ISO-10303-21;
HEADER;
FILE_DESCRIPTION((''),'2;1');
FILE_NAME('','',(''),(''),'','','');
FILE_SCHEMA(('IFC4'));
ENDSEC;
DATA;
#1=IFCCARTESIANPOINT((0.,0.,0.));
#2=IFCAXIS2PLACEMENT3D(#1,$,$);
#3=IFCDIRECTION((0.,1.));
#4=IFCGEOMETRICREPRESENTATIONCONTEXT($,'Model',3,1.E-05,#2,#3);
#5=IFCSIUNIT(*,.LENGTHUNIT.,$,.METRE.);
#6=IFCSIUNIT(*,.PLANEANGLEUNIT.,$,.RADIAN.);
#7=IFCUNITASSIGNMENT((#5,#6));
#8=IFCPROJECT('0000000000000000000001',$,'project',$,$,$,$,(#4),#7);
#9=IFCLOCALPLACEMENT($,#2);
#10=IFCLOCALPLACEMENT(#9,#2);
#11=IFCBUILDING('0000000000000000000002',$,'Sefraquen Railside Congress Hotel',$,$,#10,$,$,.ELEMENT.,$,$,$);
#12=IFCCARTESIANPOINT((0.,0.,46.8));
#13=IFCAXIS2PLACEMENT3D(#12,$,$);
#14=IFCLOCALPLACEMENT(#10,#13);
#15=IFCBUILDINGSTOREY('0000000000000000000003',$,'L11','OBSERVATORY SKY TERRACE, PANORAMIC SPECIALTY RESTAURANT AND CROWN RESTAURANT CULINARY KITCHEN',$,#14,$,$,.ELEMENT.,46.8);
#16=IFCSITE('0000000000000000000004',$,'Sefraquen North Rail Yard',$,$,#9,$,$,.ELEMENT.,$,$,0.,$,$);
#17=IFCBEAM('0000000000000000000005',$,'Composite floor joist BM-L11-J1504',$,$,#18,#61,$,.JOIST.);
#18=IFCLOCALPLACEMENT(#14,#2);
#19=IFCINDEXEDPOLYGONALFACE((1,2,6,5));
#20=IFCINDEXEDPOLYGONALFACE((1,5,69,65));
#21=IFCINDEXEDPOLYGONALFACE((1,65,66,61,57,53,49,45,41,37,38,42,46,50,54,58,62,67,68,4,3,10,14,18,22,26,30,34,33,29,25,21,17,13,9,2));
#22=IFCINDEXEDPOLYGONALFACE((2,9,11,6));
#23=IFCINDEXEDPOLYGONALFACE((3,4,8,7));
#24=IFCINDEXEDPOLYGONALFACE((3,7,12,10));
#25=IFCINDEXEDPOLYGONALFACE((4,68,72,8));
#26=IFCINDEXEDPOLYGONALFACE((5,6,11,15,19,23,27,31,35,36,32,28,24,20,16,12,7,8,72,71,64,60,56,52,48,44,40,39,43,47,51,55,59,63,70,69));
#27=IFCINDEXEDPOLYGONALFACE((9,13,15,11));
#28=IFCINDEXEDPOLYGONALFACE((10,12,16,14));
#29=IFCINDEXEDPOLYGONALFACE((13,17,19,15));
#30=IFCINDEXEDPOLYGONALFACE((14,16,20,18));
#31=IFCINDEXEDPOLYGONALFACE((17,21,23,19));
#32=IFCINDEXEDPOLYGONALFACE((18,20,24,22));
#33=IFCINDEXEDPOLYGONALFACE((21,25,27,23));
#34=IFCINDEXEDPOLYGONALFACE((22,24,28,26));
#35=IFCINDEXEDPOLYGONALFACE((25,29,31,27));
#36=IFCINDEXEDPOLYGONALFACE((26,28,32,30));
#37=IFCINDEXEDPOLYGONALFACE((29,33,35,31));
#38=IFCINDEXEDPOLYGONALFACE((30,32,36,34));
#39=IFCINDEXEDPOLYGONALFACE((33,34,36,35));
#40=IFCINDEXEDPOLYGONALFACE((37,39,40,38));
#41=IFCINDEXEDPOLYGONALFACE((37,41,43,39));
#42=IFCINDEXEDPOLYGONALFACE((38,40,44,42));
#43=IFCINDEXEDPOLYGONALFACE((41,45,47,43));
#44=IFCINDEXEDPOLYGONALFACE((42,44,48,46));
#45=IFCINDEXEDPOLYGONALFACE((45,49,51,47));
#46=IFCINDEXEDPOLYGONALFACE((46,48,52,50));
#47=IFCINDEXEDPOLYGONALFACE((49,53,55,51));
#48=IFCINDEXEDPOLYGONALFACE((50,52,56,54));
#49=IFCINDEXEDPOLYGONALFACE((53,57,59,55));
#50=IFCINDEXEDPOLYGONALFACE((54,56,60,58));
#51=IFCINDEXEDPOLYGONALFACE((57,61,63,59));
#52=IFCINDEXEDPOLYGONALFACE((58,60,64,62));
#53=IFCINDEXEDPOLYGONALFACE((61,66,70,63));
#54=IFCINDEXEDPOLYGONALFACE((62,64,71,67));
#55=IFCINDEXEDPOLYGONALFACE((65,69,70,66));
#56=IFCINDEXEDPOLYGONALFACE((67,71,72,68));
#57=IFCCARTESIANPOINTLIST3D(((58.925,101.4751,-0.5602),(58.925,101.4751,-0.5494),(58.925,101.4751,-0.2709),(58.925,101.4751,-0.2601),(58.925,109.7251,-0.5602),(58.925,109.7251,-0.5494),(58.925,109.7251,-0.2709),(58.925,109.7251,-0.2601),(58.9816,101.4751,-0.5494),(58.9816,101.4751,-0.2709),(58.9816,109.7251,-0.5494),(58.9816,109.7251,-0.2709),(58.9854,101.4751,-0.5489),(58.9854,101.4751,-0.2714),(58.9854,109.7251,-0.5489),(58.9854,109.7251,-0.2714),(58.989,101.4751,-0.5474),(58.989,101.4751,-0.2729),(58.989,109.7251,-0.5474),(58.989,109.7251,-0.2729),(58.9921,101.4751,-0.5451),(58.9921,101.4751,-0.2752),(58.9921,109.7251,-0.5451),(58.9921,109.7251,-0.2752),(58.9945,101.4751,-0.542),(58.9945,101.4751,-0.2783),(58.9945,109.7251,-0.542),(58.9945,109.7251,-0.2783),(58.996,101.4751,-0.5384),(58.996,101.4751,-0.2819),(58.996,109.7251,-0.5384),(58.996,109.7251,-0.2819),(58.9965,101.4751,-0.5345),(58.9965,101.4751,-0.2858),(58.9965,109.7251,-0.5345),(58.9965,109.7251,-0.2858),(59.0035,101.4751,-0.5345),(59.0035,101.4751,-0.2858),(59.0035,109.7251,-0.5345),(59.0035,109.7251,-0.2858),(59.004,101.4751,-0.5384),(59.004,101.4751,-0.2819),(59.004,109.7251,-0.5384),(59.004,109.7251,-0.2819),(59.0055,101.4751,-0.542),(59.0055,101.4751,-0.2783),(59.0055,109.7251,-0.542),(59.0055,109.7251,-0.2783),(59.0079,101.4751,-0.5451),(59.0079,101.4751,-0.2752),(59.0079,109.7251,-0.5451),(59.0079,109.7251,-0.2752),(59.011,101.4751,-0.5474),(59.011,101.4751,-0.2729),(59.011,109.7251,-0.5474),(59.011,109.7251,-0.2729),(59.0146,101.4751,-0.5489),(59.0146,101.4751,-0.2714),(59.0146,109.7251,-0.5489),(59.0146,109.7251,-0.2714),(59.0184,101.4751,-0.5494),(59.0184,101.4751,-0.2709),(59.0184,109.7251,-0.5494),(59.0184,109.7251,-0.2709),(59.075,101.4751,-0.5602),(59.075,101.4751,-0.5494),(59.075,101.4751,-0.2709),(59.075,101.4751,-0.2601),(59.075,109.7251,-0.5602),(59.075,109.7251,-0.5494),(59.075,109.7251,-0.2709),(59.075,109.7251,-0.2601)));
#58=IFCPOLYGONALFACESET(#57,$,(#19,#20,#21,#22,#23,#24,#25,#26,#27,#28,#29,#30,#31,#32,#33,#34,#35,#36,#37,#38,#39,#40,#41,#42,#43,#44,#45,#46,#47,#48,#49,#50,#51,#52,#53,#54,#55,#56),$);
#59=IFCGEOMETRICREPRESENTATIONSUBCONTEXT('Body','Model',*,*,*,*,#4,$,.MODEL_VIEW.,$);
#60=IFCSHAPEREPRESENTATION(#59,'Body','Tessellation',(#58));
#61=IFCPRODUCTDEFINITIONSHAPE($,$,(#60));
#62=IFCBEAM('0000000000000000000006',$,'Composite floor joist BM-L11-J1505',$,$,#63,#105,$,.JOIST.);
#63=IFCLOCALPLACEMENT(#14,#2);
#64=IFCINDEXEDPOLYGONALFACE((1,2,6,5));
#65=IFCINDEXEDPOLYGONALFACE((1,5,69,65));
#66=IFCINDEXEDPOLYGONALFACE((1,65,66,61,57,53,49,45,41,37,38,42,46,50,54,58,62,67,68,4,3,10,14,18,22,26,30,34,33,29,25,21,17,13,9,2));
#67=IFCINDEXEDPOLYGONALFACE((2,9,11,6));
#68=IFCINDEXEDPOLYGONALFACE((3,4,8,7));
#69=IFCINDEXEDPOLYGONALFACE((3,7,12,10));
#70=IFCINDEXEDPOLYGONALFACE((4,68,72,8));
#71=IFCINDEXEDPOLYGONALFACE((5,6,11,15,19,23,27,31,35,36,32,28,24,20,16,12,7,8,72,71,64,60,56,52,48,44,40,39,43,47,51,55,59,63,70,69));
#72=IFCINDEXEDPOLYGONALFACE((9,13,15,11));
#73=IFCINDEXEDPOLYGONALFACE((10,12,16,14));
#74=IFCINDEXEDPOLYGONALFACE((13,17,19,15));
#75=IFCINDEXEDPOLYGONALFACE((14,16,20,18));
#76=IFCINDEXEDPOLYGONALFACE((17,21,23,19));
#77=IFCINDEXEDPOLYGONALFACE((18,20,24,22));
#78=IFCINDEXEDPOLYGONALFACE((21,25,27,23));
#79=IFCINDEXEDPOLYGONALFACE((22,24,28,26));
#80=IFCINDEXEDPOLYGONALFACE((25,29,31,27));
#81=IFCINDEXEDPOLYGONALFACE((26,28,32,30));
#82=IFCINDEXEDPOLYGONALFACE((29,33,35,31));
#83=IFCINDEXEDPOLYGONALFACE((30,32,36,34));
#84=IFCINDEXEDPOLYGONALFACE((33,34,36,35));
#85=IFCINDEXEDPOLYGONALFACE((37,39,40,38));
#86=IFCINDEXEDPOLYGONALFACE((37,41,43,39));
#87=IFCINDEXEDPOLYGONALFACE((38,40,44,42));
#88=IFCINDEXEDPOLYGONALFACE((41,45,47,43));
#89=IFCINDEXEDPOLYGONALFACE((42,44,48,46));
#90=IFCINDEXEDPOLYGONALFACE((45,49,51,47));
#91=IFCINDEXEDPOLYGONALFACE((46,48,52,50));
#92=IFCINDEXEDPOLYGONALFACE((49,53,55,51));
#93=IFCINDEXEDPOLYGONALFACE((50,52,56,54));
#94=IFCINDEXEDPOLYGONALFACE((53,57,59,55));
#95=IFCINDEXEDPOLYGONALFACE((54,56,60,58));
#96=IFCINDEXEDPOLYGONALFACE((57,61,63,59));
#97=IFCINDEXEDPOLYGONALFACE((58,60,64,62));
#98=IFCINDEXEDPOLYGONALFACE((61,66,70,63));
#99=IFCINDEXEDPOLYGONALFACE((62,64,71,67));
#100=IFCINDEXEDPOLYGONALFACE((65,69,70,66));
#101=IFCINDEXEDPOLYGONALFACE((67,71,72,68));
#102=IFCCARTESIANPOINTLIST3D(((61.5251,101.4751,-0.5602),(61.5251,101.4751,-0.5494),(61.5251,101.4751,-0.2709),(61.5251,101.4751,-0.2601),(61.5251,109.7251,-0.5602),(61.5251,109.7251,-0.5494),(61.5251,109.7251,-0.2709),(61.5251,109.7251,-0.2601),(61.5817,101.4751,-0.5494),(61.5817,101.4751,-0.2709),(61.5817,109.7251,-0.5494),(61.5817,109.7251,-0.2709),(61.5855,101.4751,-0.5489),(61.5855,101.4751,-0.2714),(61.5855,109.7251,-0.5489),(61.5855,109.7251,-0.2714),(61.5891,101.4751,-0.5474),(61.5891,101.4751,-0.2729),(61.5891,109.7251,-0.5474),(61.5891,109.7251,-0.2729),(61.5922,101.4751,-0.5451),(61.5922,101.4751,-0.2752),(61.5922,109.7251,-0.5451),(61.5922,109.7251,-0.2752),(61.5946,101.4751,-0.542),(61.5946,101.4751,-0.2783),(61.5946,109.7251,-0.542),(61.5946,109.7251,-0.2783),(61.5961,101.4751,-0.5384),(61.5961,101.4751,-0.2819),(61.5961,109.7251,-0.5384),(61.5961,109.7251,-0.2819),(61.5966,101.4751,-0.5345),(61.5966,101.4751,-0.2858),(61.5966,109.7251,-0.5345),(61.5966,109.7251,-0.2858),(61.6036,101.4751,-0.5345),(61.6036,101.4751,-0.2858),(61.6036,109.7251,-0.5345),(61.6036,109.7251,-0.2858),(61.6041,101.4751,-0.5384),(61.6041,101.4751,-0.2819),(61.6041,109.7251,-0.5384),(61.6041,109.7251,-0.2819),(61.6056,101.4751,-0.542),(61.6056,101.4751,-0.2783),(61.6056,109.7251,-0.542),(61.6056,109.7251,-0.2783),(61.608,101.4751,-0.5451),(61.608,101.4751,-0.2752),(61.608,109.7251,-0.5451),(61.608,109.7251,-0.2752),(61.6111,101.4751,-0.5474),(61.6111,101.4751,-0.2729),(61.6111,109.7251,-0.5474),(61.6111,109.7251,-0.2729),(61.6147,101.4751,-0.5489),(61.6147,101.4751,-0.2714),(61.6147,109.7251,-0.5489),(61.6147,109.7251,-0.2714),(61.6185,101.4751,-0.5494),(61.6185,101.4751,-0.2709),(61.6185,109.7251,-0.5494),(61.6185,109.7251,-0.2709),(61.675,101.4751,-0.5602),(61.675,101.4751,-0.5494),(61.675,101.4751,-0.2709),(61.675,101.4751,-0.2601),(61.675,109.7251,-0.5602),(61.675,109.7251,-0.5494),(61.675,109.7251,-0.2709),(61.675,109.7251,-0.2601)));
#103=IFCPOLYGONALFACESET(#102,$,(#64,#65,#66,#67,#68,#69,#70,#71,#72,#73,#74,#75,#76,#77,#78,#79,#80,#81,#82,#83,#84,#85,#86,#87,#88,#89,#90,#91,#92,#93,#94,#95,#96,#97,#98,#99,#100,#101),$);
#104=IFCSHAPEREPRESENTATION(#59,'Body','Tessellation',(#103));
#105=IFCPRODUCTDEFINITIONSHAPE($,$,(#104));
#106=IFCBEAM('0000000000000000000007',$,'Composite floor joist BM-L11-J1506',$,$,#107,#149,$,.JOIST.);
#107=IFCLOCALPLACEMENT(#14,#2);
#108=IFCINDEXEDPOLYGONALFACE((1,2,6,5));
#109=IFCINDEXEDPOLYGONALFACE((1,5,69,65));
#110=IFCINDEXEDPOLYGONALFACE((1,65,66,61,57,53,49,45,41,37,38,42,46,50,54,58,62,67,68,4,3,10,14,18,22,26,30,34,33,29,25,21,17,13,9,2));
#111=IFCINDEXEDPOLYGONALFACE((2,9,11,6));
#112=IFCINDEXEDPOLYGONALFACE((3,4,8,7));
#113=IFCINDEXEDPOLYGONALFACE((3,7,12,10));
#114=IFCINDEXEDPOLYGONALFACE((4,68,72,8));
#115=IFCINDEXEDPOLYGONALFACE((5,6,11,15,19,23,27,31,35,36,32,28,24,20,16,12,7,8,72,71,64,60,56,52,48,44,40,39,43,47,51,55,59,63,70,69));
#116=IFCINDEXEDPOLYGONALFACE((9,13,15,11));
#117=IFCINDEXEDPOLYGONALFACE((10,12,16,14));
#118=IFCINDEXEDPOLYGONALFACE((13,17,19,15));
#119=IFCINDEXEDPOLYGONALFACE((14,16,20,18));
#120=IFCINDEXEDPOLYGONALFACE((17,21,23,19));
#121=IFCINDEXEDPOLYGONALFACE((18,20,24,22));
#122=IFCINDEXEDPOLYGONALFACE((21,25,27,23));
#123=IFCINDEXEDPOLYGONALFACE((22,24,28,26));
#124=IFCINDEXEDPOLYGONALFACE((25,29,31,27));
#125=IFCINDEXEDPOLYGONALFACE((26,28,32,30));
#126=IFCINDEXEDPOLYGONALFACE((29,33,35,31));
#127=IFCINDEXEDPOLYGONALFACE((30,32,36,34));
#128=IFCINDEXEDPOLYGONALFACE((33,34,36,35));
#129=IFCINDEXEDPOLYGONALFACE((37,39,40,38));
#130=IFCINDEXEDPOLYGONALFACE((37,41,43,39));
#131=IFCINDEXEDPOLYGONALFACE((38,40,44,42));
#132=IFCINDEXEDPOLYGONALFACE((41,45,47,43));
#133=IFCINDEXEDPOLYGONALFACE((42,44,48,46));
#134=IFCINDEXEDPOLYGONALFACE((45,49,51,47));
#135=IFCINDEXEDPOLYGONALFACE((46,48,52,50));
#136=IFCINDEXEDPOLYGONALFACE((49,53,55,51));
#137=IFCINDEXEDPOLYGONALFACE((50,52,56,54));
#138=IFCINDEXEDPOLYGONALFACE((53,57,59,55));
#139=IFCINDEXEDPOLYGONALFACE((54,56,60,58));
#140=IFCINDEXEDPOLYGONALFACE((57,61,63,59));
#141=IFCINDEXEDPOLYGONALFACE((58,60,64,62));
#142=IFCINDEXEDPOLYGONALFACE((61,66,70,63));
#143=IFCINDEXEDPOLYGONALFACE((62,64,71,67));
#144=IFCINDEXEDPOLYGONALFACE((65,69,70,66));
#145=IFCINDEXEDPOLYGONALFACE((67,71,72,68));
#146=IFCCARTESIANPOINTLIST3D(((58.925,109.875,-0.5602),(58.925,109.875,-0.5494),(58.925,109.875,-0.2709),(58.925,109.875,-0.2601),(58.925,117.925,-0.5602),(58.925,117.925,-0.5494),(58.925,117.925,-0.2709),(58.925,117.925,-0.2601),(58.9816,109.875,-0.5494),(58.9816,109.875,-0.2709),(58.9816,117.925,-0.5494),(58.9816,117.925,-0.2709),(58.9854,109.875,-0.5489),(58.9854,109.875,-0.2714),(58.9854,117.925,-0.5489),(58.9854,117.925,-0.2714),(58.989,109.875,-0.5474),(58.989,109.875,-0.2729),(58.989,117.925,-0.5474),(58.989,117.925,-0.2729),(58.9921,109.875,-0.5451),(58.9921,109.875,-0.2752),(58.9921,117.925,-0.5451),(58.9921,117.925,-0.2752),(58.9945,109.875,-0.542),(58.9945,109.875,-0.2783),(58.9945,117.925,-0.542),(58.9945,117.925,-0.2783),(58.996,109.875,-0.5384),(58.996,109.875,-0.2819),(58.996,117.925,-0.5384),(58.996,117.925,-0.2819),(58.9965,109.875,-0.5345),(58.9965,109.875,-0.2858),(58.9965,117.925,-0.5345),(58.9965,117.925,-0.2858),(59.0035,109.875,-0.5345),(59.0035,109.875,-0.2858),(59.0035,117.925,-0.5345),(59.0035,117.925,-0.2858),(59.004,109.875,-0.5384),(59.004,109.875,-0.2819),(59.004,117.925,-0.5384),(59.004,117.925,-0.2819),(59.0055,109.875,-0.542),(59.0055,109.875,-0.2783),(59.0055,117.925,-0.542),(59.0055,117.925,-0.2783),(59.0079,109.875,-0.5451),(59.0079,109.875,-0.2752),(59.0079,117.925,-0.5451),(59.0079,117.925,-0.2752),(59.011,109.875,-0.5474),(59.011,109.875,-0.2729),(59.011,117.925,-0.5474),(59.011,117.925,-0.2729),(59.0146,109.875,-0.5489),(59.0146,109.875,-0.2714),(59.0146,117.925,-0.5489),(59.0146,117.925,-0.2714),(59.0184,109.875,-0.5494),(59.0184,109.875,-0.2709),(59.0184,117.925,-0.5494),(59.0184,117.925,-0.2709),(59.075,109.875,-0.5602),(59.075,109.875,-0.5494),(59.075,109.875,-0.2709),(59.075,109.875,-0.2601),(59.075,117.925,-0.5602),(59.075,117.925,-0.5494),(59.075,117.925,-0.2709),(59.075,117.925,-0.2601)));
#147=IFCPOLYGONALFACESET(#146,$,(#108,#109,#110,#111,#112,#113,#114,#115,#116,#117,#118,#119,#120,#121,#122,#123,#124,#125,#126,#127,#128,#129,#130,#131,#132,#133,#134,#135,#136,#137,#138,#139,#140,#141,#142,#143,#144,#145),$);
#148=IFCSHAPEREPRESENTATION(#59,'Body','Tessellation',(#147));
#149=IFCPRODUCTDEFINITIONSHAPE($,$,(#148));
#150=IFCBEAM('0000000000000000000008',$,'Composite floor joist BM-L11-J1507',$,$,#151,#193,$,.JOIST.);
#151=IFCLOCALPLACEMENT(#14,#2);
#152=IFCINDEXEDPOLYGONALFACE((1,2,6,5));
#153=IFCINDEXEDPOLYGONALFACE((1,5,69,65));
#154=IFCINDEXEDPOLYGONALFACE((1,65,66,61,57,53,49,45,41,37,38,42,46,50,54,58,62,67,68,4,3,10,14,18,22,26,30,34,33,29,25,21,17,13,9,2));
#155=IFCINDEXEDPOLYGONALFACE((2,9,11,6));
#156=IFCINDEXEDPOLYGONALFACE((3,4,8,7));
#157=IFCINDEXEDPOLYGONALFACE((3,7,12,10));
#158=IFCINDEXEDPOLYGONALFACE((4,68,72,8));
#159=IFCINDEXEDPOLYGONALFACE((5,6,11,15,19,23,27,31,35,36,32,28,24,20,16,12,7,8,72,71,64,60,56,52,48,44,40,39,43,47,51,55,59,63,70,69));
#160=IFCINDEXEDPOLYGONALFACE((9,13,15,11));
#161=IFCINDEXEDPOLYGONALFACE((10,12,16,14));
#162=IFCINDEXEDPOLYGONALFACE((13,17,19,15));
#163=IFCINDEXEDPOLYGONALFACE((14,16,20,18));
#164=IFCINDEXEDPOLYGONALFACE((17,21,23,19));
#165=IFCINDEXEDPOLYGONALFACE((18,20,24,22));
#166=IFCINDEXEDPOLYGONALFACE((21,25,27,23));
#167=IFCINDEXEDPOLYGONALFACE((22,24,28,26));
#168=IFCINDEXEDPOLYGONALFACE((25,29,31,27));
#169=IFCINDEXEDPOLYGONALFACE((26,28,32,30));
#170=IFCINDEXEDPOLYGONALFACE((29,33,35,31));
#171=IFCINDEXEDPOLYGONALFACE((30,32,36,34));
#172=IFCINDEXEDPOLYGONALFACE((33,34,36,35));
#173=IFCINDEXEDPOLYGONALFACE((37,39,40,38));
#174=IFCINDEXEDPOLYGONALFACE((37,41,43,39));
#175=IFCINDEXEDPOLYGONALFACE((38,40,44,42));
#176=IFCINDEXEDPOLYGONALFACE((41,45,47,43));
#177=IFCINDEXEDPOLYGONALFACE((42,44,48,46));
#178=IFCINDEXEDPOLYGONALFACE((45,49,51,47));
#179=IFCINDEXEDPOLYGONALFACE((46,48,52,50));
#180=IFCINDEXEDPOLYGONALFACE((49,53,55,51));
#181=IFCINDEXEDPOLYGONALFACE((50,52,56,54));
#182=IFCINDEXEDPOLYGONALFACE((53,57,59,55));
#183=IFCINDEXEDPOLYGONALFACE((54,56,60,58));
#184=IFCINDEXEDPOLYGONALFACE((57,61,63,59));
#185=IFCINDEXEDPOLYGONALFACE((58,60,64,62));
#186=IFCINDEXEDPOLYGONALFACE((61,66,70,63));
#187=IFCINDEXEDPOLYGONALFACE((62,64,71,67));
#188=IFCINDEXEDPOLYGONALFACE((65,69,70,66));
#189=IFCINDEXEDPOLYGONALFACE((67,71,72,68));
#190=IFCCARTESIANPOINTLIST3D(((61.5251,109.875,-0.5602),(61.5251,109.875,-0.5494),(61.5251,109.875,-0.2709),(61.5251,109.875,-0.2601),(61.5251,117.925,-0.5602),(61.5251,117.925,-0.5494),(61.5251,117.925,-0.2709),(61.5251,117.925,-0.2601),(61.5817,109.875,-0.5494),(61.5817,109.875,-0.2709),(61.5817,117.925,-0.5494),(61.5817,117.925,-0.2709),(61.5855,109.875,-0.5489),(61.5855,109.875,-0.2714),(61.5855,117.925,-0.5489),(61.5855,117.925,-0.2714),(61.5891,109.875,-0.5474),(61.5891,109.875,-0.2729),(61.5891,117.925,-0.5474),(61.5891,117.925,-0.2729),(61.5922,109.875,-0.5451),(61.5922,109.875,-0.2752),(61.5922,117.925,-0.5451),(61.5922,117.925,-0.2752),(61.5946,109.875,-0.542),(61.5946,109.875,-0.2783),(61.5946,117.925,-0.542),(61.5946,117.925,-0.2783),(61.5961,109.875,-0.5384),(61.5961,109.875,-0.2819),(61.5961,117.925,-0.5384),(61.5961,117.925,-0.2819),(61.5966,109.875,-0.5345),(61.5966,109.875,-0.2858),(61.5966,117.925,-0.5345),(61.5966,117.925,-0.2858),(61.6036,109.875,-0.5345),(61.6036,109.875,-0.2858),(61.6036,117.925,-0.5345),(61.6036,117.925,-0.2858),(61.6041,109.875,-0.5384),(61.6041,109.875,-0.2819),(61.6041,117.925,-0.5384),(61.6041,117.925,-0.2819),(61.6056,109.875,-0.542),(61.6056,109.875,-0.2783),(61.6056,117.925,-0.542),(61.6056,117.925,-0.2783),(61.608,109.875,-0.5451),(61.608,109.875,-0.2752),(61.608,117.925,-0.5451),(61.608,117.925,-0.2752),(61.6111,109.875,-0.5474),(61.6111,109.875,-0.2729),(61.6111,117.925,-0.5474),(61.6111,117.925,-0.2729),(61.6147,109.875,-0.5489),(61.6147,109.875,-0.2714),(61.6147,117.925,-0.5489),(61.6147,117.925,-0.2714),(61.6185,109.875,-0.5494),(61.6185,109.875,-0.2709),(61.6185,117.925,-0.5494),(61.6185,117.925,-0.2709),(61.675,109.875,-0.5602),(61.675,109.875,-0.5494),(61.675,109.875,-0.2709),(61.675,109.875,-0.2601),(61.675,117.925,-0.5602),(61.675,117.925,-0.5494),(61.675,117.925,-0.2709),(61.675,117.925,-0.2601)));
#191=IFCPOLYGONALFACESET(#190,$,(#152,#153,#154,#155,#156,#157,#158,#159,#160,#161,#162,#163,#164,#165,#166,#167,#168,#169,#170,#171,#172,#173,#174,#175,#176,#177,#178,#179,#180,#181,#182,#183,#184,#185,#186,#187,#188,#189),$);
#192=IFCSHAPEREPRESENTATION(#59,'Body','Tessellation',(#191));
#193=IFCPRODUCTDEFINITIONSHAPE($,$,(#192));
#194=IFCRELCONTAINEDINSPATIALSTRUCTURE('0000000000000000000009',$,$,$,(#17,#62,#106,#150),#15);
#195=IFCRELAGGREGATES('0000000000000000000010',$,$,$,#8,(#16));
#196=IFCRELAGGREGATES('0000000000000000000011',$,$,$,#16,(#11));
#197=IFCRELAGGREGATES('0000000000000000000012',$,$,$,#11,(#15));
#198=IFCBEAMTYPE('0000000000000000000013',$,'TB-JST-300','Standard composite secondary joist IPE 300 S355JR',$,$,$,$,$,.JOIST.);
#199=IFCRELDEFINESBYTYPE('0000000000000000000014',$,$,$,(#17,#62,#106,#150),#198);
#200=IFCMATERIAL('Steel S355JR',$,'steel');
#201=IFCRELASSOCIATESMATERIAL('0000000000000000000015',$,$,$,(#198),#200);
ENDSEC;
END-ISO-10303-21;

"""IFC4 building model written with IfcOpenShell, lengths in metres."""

from ifc_helpers import new_model, si_unit, direction, frame, origin, origin_2d, place, context, subcontext, project, spatial, i_section, extrude, material, material_profile, profile_set, type_object, element, save


model = new_model("IFC4")

# Units and contexts
model_context = context("Model", 3, precision=1e-05, world=origin(), true_north=direction((0.0, 1.0)))
body_context = subcontext(model_context, "Body", "Model", "MODEL_VIEW")
ifc_project = project(units=[si_unit("LENGTHUNIT", "METRE"), si_unit("PLANEANGLEUNIT", "RADIAN")], contexts=[model_context])

# Site, building, storey
site_placement = place(None, origin())
site = spatial("IfcSite", under=ifc_project, at=site_placement, Name="Sefraquen North Rail Yard", CompositionType="ELEMENT", RefElevation=0.0)
building_placement = place(site_placement, origin())
building = spatial("IfcBuilding", under=site, at=building_placement, Name="Sefraquen Railside Congress Hotel", CompositionType="ELEMENT")
storey_placement = place(building_placement, frame((0.0, 0.0, 46.8)))
storey = spatial("IfcBuildingStorey", under=building, at=storey_placement, Name="L11", Description="OBSERVATORY SKY TERRACE, PANORAMIC SPECIALTY RESTAURANT AND CROWN RESTAURANT CULINARY KITCHEN", CompositionType="ELEMENT", Elevation=46.8)

# Shared definitions
ifc_material_1 = material(Name="Steel S355JR", Category="steel")

# Beams
ifc_material_profile_1 = material_profile(ifc_material_1, i_section(OverallWidth=0.1499, OverallDepth=0.3, WebThickness=0.0071, FlangeThickness=0.0107, FilletRadius=0.0149, at=origin_2d()), Name="IPE 300")
ifc_profile_set_1 = profile_set([ifc_material_profile_1], Name="Steel S355JR")
beam_type_1 = type_object("IfcBeamType", Name="TB-JST-300", Description="Standard composite secondary joist IPE 300 S355JR", PredefinedType="JOIST", material=ifc_profile_set_1)
for number, where, z_axis, x_axis, name in (
    (1, (59.0, 101.4751, -0.4102), (0.0, 1.0, 0.0), (-1.0, 0.0, 0.0), "Composite floor joist BM-L11-J1504"),
    (2, (61.6001, 101.4751, -0.4102), (0.0, 1.0, 0.0), (-1.0, 0.0, 0.0), "Composite floor joist BM-L11-J1505"),
):
    element("IfcBeam", number, at=place(storey_placement, frame(where, z_axis=z_axis, x_axis=x_axis)), inside=storey, type_object=beam_type_1, Name=name, PredefinedType="JOIST", context=body_context, shape_type="SweptSolid", body=[
        extrude(i_section(OverallWidth=0.1499, OverallDepth=0.3, WebThickness=0.0071, FlangeThickness=0.0107, FilletRadius=0.0149, at=origin_2d()), origin(), (0.0, 0.0, 1.0), 8.25),
    ])
for number, where, z_axis, x_axis, name in (
    (3, (59.0, 109.875, -0.4102), (0.0, 1.0, 0.0), (-1.0, 0.0, 0.0), "Composite floor joist BM-L11-J1506"),
    (4, (61.6001, 109.875, -0.4102), (0.0, 1.0, 0.0), (-1.0, 0.0, 0.0), "Composite floor joist BM-L11-J1507"),
):
    element("IfcBeam", number, at=place(storey_placement, frame(where, z_axis=z_axis, x_axis=x_axis)), inside=storey, type_object=beam_type_1, Name=name, PredefinedType="JOIST", context=body_context, shape_type="SweptSolid", body=[
        extrude(i_section(OverallWidth=0.1499, OverallDepth=0.3, WebThickness=0.0071, FlangeThickness=0.0107, FilletRadius=0.0149, at=origin_2d()), origin(), (0.0, 0.0, 1.0), 8.05),
    ])

save(model, "model.ifc")
